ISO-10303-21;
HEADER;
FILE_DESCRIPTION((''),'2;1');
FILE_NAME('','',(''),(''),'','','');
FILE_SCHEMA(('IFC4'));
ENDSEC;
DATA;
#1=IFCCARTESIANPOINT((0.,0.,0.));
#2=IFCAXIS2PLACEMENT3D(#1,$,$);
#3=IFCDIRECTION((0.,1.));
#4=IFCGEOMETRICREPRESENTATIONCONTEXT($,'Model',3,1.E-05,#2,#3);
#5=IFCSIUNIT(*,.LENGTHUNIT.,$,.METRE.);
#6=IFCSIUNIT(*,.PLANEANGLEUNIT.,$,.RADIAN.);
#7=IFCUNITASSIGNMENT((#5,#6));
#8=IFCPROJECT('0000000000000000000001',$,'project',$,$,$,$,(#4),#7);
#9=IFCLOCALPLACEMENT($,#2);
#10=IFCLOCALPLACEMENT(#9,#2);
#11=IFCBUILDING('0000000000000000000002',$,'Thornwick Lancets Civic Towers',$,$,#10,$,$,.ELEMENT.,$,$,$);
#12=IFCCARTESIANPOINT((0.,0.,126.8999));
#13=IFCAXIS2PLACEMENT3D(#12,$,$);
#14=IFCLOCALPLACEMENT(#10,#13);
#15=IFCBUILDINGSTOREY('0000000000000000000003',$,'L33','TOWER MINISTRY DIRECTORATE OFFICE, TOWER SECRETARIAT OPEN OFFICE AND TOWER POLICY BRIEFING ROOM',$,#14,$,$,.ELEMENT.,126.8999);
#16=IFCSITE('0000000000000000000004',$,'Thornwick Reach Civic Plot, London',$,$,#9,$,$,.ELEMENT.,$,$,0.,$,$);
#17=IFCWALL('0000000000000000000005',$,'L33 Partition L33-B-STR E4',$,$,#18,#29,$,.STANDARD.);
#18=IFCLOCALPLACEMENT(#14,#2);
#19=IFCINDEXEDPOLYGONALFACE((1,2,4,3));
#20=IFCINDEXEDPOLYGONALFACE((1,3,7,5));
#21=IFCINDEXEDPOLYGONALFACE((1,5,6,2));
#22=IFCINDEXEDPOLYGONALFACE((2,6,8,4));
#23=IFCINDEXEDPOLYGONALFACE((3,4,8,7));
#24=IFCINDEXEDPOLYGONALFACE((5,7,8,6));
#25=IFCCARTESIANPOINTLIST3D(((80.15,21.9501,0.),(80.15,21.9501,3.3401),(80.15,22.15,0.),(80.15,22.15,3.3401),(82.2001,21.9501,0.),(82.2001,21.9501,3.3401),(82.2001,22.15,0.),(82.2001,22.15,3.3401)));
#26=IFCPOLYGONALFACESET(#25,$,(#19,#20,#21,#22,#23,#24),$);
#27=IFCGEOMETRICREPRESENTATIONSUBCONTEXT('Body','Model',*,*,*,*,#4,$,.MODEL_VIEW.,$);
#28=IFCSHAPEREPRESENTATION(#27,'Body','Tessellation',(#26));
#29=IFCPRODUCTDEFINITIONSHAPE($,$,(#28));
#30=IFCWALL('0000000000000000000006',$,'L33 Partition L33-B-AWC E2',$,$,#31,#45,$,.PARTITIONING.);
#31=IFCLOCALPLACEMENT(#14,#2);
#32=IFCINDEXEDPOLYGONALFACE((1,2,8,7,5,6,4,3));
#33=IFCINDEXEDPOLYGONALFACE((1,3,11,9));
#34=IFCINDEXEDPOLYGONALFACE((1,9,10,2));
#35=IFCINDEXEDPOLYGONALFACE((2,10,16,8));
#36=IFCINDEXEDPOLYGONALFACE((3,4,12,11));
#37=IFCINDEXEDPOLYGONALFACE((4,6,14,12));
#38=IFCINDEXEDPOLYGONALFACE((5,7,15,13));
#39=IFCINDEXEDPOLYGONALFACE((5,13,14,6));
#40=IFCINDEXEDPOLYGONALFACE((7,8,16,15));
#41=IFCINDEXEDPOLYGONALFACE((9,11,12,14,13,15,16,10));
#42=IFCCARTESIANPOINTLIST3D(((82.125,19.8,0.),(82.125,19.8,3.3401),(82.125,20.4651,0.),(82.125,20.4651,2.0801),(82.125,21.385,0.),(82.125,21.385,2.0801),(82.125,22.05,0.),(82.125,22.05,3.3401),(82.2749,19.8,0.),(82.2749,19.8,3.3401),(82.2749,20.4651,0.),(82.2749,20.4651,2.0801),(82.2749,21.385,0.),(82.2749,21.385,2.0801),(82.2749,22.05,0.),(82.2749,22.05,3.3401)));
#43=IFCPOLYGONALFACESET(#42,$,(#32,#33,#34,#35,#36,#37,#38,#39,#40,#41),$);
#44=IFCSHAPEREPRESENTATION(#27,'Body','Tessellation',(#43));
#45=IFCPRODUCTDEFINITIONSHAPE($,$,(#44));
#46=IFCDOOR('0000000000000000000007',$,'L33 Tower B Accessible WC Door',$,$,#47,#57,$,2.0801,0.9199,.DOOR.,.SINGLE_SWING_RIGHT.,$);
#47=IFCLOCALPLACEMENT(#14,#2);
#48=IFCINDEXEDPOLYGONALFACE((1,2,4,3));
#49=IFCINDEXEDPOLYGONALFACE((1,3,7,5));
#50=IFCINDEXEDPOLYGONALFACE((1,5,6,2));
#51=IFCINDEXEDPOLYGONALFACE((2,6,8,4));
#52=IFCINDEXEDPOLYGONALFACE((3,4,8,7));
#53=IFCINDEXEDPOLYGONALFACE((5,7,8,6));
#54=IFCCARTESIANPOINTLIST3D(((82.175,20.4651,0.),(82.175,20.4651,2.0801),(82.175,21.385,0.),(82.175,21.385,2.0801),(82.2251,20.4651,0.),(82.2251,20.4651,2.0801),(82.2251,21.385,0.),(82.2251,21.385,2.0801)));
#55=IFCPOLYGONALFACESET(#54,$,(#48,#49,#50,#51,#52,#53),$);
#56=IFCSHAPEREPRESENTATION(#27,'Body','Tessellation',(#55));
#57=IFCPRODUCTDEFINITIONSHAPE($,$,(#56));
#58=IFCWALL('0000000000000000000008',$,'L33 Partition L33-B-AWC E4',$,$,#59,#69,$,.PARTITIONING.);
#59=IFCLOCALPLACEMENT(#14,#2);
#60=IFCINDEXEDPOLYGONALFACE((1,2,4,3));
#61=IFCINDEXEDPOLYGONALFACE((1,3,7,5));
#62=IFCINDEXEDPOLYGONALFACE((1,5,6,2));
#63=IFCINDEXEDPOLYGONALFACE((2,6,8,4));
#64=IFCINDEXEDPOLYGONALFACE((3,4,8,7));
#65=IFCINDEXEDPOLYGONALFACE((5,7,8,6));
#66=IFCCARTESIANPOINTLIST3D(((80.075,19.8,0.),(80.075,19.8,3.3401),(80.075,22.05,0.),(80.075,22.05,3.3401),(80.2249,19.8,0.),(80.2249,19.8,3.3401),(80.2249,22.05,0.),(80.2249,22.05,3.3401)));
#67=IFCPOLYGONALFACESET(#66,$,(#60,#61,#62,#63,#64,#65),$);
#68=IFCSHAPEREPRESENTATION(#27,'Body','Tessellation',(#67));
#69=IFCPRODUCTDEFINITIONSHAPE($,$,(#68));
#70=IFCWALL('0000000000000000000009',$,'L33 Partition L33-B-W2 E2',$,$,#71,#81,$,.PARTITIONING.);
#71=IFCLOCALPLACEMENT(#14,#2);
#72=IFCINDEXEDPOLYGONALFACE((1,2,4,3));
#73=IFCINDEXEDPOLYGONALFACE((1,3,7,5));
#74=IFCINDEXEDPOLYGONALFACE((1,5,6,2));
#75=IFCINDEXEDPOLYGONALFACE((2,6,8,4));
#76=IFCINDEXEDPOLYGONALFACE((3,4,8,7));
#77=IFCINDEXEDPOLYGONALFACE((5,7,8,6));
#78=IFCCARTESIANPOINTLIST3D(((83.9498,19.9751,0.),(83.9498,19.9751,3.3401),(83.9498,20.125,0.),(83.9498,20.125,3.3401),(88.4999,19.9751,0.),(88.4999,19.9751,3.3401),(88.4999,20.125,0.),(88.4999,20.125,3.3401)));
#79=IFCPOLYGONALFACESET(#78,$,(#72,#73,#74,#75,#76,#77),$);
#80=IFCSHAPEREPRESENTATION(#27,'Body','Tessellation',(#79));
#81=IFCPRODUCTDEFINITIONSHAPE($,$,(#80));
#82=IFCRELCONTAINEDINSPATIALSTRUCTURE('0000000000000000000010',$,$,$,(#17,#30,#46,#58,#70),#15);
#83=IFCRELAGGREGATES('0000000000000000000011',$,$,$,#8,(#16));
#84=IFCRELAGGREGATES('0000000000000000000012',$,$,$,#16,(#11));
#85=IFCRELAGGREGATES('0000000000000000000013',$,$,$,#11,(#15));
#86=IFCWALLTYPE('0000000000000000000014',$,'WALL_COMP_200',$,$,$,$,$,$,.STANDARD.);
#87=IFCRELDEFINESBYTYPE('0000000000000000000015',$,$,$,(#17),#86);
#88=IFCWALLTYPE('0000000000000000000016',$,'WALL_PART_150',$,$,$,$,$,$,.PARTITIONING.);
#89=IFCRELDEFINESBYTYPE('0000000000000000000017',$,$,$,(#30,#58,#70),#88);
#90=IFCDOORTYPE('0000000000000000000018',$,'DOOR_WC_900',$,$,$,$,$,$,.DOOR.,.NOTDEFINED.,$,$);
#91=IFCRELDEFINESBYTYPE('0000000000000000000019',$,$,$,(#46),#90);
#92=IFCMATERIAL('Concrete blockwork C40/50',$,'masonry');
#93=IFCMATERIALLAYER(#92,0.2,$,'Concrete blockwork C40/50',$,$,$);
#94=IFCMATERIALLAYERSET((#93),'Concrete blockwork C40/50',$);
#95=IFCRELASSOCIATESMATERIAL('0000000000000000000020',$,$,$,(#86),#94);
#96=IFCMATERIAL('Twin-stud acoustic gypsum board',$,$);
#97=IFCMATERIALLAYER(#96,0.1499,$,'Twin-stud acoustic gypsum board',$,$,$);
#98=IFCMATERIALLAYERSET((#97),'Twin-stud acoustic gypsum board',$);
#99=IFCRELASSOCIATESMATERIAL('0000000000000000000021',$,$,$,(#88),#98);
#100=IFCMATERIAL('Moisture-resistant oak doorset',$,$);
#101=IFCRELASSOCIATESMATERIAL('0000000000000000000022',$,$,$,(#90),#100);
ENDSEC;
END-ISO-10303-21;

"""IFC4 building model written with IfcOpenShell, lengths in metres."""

from ifc_helpers import new_model, si_unit, direction, frame, frame_2d, origin, place, context, subcontext, project, spatial, rectangle, extrude, material, layer, layer_set, type_object, element, fill, save


model = new_model("IFC4")

# Units and contexts
model_context = context("Model", 3, precision=1e-05, world=origin(), true_north=direction((0.0, 1.0)))
body_context = subcontext(model_context, "Body", "Model", "MODEL_VIEW")
ifc_project = project(units=[si_unit("LENGTHUNIT", "METRE"), si_unit("PLANEANGLEUNIT", "RADIAN")], contexts=[model_context])

# Site, building, storey
site_placement = place(None, origin())
site = spatial("IfcSite", under=ifc_project, at=site_placement, Name="Thornwick Reach Civic Plot, London", CompositionType="ELEMENT", RefElevation=0.0)
building_placement = place(site_placement, origin())
building = spatial("IfcBuilding", under=site, at=building_placement, Name="Thornwick Lancets Civic Towers", CompositionType="ELEMENT")
storey_placement = place(building_placement, frame((0.0, 0.0, 126.8999)))
storey = spatial("IfcBuildingStorey", under=building, at=storey_placement, Name="L33", Description="TOWER MINISTRY DIRECTORATE OFFICE, TOWER SECRETARIAT OPEN OFFICE AND TOWER POLICY BRIEFING ROOM", CompositionType="ELEMENT", Elevation=126.8999)

# Shared definitions
ifc_material_1 = material(Name="Concrete blockwork C40/50", Category="masonry")
ifc_layer_1 = layer(ifc_material_1, 0.2, Name="Concrete blockwork C40/50")
ifc_layer_set_1 = layer_set([ifc_layer_1], Name="Concrete blockwork C40/50")
wall_type_1 = type_object("IfcWallType", Name="WALL_COMP_200", PredefinedType="STANDARD", material=ifc_layer_set_1)

# Wall
wall_1_placement = place(storey_placement, frame((82.2, 22.05, 0.0), z_axis=(0.0, 0.0, 1.0), x_axis=(-1.0, 0.0, 0.0)))
element("IfcWall", 1, at=wall_1_placement, inside=storey, type_object=wall_type_1, Name="L33 Partition L33-B-STR E4", PredefinedType="STANDARD", context=body_context, shape_type="SweptSolid", body=[
    extrude(rectangle(XDim=2.05, YDim=0.2, at=frame_2d((1.0249, 0.0))), origin(), (0.0, 0.0, 1.0), 3.3401),
])

# Wall, opening, door
ifc_material_2 = material(Name="Twin-stud acoustic gypsum board")
ifc_layer_2 = layer(ifc_material_2, 0.1499, Name="Twin-stud acoustic gypsum board")
ifc_layer_set_2 = layer_set([ifc_layer_2], Name="Twin-stud acoustic gypsum board")
wall_type_2 = type_object("IfcWallType", Name="WALL_PART_150", PredefinedType="PARTITIONING", material=ifc_layer_set_2)
wall_2_placement = place(storey_placement, frame((82.2, 19.8, 0.0), z_axis=(0.0, 0.0, 1.0), x_axis=(0.0, 1.0, 0.0)))
wall_2 = element("IfcWall", 2, at=wall_2_placement, inside=storey, type_object=wall_type_2, Name="L33 Partition L33-B-AWC E2", PredefinedType="PARTITIONING", context=body_context, shape_type="SweptSolid", body=[
    extrude(rectangle(XDim=2.25, YDim=0.1499, at=frame_2d((1.125, 0.0))), origin(), (0.0, 0.0, 1.0), 3.3401),
])
opening_1_placement = place(wall_2_placement, frame((0.665, 0.0, 0.0)))
opening_1 = element("IfcOpeningElement", 3, at=opening_1_placement, cuts=wall_2, PredefinedType="OPENING", context=body_context, shape_type="SweptSolid", body=[
    extrude(rectangle(XDim=0.9199, YDim=2.0801, at=frame_2d((0.46, 1.04))), frame((0.0, 0.085, 0.0), z_axis=(0.0, -1.0, 0.0), x_axis=(1.0, 0.0, 0.0)), (0.0, 0.0, 1.0), 0.1699),
])
ifc_material_3 = material(Name="Moisture-resistant oak doorset")
door_type_1 = type_object("IfcDoorType", Name="DOOR_WC_900", OperationType="NOTDEFINED", PredefinedType="DOOR", material=ifc_material_3)
door_1_placement = place(opening_1_placement, origin())
door_1 = element("IfcDoor", 4, at=door_1_placement, inside=storey, type_object=door_type_1, Name="L33 Tower B Accessible WC Door", OperationType="SINGLE_SWING_RIGHT", OverallHeight=2.0801, OverallWidth=0.9199, PredefinedType="DOOR", context=body_context, shape_type="SweptSolid", body=[
    extrude(rectangle(XDim=0.9199, YDim=2.0801, at=frame_2d((0.46, 1.04))), frame((0.0, 0.0249, 0.0), z_axis=(0.0, -1.0, 0.0), x_axis=(1.0, 0.0, 0.0)), (0.0, 0.0, 1.0), 0.05),
])
fill(opening_1, door_1)

# Walls
wall_3_placement = place(storey_placement, frame((80.1499, 22.05, 0.0), z_axis=(0.0, 0.0, 1.0), x_axis=(0.0, -1.0, 0.0)))
element("IfcWall", 5, at=wall_3_placement, inside=storey, type_object=wall_type_2, Name="L33 Partition L33-B-AWC E4", PredefinedType="PARTITIONING", context=body_context, shape_type="SweptSolid", body=[
    extrude(rectangle(XDim=2.25, YDim=0.1499, at=frame_2d((1.125, 0.0))), origin(), (0.0, 0.0, 1.0), 3.3401),
])
wall_4_placement = place(storey_placement, frame((83.95, 20.05, 0.0), z_axis=(0.0, 0.0, 1.0), x_axis=(1.0, 0.0, 0.0)))
element("IfcWall", 6, at=wall_4_placement, inside=storey, type_object=wall_type_2, Name="L33 Partition L33-B-W2 E2", PredefinedType="PARTITIONING", context=body_context, shape_type="SweptSolid", body=[
    extrude(rectangle(XDim=4.55, YDim=0.1499, at=frame_2d((2.2749, 0.0))), origin(), (0.0, 0.0, 1.0), 3.3401),
])

save(model, "model.ifc")
